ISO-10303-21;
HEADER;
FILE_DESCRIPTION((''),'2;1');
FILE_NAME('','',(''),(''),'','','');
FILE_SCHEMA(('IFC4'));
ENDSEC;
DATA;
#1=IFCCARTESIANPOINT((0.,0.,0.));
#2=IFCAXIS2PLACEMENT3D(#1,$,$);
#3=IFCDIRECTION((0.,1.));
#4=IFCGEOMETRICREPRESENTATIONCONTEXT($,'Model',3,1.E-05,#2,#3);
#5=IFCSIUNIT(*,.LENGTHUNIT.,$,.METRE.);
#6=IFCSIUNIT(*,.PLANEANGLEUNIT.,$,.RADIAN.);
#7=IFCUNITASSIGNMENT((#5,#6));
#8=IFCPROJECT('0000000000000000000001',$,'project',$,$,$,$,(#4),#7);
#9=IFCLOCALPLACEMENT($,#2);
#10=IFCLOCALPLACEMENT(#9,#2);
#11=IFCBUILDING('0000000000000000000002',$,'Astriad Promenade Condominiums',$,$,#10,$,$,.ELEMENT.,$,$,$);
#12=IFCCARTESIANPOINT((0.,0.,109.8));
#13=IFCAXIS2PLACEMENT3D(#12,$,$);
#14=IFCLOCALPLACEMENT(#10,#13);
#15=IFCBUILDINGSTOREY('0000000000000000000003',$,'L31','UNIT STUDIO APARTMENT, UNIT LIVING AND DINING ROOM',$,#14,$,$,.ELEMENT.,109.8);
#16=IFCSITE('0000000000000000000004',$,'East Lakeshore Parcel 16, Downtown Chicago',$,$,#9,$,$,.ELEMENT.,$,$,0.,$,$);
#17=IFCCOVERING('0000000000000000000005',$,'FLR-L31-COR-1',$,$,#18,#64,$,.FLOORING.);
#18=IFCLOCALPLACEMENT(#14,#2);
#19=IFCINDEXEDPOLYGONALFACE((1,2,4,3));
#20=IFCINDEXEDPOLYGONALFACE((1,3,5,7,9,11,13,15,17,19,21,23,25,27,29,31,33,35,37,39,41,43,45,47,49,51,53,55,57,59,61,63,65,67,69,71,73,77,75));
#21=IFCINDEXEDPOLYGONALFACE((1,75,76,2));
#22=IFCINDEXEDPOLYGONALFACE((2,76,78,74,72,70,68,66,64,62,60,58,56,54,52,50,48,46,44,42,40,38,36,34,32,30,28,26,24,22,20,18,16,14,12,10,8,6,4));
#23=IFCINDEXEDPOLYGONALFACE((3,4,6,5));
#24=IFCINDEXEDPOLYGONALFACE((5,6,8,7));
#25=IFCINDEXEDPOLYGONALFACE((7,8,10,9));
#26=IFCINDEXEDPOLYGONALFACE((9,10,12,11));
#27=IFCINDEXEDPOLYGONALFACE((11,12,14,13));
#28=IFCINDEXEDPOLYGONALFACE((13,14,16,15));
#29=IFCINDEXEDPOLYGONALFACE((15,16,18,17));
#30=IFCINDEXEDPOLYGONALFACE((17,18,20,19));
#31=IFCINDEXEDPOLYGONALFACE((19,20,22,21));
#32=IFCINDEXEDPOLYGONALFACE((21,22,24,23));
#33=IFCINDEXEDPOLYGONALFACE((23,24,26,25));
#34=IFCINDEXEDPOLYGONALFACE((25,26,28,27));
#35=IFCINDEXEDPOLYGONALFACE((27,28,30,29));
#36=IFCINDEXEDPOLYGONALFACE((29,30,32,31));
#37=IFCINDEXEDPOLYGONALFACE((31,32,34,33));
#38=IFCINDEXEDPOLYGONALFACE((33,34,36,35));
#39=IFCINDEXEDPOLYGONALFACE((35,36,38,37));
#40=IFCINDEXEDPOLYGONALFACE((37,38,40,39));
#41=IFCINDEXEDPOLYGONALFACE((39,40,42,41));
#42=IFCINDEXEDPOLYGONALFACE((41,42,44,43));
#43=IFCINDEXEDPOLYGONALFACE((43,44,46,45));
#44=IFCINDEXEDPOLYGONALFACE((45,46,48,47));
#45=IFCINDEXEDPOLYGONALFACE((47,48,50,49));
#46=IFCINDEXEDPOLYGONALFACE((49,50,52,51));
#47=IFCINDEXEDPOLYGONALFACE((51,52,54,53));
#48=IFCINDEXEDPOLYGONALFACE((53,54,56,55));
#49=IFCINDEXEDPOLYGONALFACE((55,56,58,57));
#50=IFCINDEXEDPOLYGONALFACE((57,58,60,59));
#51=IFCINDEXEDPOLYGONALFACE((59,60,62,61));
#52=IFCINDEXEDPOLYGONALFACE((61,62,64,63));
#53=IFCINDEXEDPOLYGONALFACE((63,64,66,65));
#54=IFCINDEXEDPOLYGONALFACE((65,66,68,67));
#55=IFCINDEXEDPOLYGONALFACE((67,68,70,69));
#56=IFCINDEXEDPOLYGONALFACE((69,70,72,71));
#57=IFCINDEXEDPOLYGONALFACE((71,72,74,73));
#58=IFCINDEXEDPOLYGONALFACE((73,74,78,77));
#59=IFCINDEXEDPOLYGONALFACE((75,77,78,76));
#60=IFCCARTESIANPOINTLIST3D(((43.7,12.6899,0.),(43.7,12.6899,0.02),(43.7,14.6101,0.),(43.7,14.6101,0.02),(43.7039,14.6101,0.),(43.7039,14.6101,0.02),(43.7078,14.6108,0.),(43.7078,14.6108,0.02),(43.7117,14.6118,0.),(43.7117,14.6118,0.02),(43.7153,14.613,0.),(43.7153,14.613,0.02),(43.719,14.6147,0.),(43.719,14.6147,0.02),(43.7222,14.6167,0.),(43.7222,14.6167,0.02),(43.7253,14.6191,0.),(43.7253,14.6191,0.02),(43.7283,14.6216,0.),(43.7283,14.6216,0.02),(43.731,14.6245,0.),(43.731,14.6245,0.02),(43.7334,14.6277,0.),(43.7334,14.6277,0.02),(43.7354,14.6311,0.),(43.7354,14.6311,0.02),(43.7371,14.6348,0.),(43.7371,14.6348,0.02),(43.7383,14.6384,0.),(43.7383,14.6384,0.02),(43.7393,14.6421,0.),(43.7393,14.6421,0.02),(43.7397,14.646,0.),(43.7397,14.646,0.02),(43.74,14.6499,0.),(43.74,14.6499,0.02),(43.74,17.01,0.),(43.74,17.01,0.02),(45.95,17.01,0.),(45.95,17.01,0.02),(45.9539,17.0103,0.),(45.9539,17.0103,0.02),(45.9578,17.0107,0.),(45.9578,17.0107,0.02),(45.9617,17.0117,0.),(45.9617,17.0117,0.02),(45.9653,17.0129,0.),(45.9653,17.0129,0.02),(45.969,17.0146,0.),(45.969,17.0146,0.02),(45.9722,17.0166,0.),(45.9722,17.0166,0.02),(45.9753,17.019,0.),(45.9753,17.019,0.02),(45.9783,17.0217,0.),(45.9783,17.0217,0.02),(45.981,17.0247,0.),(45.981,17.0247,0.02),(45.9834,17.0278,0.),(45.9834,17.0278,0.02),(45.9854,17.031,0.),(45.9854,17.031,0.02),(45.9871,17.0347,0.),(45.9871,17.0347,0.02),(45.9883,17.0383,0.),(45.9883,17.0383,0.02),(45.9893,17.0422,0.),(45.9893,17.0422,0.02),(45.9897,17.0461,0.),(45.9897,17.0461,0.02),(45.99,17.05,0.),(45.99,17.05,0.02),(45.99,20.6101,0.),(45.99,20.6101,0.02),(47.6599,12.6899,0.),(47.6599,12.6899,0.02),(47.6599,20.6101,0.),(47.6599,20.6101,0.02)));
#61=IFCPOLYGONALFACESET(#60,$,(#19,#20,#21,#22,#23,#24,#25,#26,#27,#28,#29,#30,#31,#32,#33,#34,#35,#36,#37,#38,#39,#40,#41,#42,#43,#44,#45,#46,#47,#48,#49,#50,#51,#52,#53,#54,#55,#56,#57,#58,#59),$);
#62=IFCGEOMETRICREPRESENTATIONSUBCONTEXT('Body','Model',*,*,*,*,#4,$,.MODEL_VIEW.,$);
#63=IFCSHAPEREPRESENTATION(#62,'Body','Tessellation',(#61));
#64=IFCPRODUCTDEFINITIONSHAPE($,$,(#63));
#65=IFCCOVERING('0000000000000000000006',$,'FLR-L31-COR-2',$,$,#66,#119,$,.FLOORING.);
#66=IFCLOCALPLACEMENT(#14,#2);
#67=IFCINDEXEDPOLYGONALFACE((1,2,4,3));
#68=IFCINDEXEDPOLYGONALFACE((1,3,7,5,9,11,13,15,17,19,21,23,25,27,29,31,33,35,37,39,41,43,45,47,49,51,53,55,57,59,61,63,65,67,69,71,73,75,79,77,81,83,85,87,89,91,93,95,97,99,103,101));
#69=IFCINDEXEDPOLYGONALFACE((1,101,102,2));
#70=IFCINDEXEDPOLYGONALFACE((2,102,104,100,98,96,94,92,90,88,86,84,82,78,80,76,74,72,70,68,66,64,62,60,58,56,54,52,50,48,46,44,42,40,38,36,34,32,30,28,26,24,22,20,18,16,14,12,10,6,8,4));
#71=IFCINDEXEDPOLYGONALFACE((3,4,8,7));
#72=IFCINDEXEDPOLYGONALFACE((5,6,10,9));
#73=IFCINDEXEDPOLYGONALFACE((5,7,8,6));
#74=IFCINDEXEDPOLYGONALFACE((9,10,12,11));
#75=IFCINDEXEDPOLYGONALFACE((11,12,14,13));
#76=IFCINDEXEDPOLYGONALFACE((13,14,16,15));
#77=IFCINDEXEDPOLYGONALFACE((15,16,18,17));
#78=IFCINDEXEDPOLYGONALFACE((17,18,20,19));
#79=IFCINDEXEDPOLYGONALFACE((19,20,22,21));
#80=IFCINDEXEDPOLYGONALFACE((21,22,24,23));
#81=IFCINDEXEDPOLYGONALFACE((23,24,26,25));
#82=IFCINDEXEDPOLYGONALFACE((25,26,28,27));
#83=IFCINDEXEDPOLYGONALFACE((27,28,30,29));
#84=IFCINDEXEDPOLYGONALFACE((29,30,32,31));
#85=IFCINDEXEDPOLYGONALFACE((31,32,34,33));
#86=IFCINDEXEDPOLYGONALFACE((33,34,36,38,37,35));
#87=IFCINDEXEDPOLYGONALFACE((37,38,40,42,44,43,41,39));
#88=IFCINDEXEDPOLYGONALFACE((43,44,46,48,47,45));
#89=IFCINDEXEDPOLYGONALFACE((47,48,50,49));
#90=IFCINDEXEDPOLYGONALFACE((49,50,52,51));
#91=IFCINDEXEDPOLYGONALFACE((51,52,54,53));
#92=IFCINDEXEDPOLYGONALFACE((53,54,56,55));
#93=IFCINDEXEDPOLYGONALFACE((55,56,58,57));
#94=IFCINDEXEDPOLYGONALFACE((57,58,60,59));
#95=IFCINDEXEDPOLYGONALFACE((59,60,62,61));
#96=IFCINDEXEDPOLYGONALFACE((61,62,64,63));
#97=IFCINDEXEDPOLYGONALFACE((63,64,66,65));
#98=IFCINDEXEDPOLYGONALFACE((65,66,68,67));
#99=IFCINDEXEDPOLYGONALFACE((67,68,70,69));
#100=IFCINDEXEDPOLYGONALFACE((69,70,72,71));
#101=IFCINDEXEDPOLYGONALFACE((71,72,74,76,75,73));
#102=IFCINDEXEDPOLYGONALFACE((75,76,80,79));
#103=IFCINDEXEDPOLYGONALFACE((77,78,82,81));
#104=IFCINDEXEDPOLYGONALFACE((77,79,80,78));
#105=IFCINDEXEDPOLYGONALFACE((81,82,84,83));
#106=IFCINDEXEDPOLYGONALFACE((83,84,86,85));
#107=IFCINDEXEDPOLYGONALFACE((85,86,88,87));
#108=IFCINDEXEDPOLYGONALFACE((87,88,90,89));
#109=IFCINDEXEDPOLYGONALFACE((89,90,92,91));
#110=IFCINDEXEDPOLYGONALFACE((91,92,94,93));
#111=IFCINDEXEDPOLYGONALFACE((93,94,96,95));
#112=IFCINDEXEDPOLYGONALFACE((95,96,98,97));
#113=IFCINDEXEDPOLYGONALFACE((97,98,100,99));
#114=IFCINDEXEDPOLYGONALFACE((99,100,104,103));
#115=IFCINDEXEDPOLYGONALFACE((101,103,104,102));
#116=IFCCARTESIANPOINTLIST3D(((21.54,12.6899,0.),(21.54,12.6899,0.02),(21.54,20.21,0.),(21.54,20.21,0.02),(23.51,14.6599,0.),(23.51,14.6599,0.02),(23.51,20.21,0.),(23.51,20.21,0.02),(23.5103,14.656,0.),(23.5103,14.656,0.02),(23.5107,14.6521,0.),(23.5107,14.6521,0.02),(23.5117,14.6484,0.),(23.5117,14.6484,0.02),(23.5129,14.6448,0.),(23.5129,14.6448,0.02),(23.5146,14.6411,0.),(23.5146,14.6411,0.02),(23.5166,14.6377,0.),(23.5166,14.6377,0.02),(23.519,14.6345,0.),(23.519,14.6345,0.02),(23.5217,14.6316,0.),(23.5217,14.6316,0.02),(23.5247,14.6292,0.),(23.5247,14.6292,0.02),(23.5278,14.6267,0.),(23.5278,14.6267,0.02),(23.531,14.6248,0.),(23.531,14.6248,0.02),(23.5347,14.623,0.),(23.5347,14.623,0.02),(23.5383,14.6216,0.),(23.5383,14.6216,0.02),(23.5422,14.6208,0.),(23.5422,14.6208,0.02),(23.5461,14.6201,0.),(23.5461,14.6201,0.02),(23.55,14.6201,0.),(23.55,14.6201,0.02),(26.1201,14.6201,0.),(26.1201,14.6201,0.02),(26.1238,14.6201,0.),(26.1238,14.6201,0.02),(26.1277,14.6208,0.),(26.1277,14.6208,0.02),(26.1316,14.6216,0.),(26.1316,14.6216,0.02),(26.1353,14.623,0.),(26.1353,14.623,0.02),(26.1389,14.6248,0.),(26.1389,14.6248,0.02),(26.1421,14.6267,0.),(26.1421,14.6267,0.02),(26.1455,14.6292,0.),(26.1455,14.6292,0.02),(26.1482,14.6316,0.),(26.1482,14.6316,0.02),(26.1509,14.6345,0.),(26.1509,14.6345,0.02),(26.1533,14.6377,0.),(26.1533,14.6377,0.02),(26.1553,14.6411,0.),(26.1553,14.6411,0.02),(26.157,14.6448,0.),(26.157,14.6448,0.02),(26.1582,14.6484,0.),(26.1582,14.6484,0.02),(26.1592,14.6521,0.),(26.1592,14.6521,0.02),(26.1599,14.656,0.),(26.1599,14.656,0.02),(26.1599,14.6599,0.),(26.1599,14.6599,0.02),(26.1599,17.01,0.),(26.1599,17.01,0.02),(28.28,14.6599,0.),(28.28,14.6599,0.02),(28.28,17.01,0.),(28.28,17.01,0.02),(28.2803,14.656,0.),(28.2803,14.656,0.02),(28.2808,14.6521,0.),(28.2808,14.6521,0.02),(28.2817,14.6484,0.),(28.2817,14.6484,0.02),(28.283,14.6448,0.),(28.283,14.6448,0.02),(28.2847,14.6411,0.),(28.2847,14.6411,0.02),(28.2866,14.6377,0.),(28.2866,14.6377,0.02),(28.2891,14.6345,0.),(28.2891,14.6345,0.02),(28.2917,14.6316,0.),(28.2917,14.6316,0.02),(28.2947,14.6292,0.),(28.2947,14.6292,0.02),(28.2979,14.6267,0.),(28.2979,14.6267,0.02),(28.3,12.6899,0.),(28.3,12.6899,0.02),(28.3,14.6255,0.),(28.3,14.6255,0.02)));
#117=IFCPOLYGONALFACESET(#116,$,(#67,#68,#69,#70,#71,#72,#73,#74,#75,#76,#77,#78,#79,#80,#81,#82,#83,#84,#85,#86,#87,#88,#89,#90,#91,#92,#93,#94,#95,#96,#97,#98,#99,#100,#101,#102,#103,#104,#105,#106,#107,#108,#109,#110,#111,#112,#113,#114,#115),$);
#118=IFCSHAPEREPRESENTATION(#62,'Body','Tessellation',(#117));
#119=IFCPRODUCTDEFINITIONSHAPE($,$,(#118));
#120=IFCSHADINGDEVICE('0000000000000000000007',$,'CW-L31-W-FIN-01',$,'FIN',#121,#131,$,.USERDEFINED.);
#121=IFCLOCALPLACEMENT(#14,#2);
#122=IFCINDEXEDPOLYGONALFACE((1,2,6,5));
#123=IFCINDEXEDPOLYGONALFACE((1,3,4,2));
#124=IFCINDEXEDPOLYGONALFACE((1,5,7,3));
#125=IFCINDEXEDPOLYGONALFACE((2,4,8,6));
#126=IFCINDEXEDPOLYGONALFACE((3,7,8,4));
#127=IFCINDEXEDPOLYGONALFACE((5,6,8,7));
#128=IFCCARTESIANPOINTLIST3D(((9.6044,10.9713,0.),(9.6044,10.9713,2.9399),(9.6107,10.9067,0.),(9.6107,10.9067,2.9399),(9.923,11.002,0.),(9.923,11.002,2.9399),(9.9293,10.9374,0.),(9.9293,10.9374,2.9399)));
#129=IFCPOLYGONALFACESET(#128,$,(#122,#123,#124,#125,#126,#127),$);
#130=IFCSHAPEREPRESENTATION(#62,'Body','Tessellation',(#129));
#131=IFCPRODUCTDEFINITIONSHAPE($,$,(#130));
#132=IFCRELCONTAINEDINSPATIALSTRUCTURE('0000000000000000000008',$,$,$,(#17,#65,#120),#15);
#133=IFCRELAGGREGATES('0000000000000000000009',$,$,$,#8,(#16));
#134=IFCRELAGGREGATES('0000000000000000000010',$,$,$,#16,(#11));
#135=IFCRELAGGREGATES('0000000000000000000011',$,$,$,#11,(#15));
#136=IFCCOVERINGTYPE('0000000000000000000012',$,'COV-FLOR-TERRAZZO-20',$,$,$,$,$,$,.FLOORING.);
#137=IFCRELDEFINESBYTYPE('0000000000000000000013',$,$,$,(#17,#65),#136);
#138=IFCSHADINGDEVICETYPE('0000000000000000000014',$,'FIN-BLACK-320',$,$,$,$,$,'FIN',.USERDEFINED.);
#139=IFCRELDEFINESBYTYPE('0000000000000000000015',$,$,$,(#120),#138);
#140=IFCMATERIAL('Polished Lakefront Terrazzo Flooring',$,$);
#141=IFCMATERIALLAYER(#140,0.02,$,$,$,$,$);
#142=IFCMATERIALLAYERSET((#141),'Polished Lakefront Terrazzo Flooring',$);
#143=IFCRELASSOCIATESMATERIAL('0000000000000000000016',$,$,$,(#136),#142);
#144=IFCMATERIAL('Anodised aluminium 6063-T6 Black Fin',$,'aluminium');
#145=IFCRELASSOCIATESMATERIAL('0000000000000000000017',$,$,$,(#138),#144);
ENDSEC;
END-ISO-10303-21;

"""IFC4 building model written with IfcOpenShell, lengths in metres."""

from ifc_helpers import new_model, si_unit, direction, frame, origin, origin_2d, place, context, subcontext, project, spatial, polyline, rectangle, outline, extrude, source, transform, mapped, material, layer, layer_set, type_object, type_shapes, element, save


model = new_model("IFC4")

# Units and contexts
model_context = context("Model", 3, precision=1e-05, world=origin(), true_north=direction((0.0, 1.0)))
body_context = subcontext(model_context, "Body", "Model", "MODEL_VIEW")
ifc_project = project(units=[si_unit("LENGTHUNIT", "METRE"), si_unit("PLANEANGLEUNIT", "RADIAN")], contexts=[model_context])

# Site, building, storey
site_placement = place(None, origin())
site = spatial("IfcSite", under=ifc_project, at=site_placement, Name="East Lakeshore Parcel 16, Downtown Chicago", CompositionType="ELEMENT", RefElevation=0.0)
building_placement = place(site_placement, origin())
building = spatial("IfcBuilding", under=site, at=building_placement, Name="Astriad Promenade Condominiums", CompositionType="ELEMENT")
storey_placement = place(building_placement, frame((0.0, 0.0, 109.8)))
storey = spatial("IfcBuildingStorey", under=building, at=storey_placement, Name="L31", Description="UNIT STUDIO APARTMENT, UNIT LIVING AND DINING ROOM", CompositionType="ELEMENT", Elevation=109.8)

# Coverings
ifc_material_1 = material(Name="Polished Lakefront Terrazzo Flooring")
ifc_layer_1 = layer(ifc_material_1, 0.02)
ifc_layer_set_1 = layer_set([ifc_layer_1], Name="Polished Lakefront Terrazzo Flooring")
covering_type = type_object("IfcCoveringType", Name="COV-FLOR-TERRAZZO-20", PredefinedType="FLOORING", material=ifc_layer_set_1)
covering_1_placement = place(storey_placement, origin())
element("IfcCovering", 1, at=covering_1_placement, inside=storey, type_object=covering_type, Name="FLR-L31-COR-1", PredefinedType="FLOORING", context=body_context, shape_type="SweptSolid", body=[
    extrude(outline(polyline([(43.7, 12.6899), (43.7, 14.6101), (43.7039, 14.6101), (43.7078, 14.6108), (43.7117, 14.6118), (43.7153, 14.613), (43.719, 14.6147), (43.7222, 14.6167), (43.7253, 14.6191), (43.7283, 14.6216), (43.731, 14.6245), (43.7334, 14.6277), (43.7354, 14.6311), (43.7371, 14.6348), (43.7383, 14.6384), (43.7393, 14.6421), (43.7397, 14.646), (43.74, 14.6499), (43.74, 17.01), (45.95, 17.01), (45.9539, 17.0103), (45.9578, 17.0107), (45.9617, 17.0117), (45.9653, 17.0129), (45.969, 17.0146), (45.9722, 17.0166), (45.9753, 17.019), (45.9783, 17.0217), (45.981, 17.0247), (45.9834, 17.0278), (45.9854, 17.031), (45.9871, 17.0347), (45.9883, 17.0383), (45.9893, 17.0422), (45.9897, 17.0461), (45.99, 17.05), (45.99, 20.6101), (47.6599, 20.6101), (47.6599, 12.6899), (43.7, 12.6899)])), origin(), (0.0, 0.0, 1.0), 0.02),
])
covering_2_placement = place(storey_placement, origin())
element("IfcCovering", 2, at=covering_2_placement, inside=storey, type_object=covering_type, Name="FLR-L31-COR-2", PredefinedType="FLOORING", context=body_context, shape_type="SweptSolid", body=[
    extrude(outline(polyline([(28.3, 12.6899), (21.54, 12.6899), (21.54, 20.21), (23.51, 20.21), (23.51, 14.6599), (23.5103, 14.656), (23.5107, 14.6521), (23.5117, 14.6484), (23.5129, 14.6448), (23.5146, 14.6411), (23.5166, 14.6377), (23.519, 14.6345), (23.5217, 14.6316), (23.5247, 14.6292), (23.5278, 14.6267), (23.531, 14.6248), (23.5347, 14.623), (23.5383, 14.6216), (23.5422, 14.6208), (23.5461, 14.6201), (23.55, 14.6201), (26.1201, 14.6201), (26.1238, 14.6201), (26.1277, 14.6208), (26.1316, 14.6216), (26.1353, 14.623), (26.1389, 14.6248), (26.1421, 14.6267), (26.1455, 14.6292), (26.1482, 14.6316), (26.1509, 14.6345), (26.1533, 14.6377), (26.1553, 14.6411), (26.157, 14.6448), (26.1582, 14.6484), (26.1592, 14.6521), (26.1599, 14.656), (26.1599, 14.6599), (26.1599, 17.01), (28.28, 17.01), (28.28, 14.6599), (28.2803, 14.656), (28.2808, 14.6521), (28.2817, 14.6484), (28.283, 14.6448), (28.2847, 14.6411), (28.2866, 14.6377), (28.2891, 14.6345), (28.2917, 14.6316), (28.2947, 14.6292), (28.2979, 14.6267), (28.3, 14.6255), (28.3, 12.6899)])), origin(), (0.0, 0.0, 1.0), 0.02),
])

# Shading device
ifc_material_2 = material(Name="Anodised aluminium 6063-T6 Black Fin", Category="aluminium")
shading_device_type = type_object("IfcShadingDeviceType", Name="FIN-BLACK-320", ElementType="FIN", PredefinedType="USERDEFINED", material=ifc_material_2)
shared_shape_1 = source(origin(), body_context, "Body", "SweptSolid", [
    extrude(rectangle(XDim=0.0649, YDim=0.3201, at=origin_2d()), origin(), (0.0, 0.0, 1.0), 2.9399),
])
type_shapes(shading_device_type, [shared_shape_1])
shading_device_placement = place(storey_placement, frame((9.7668, 10.9543, 0.0), z_axis=(0.0, 0.0, 1.0), x_axis=(-0.095846, 0.995396, 0.0)))
element("IfcShadingDevice", 3, at=shading_device_placement, inside=storey, type_object=shading_device_type, Name="CW-L31-W-FIN-01", ObjectType="FIN", PredefinedType="USERDEFINED", context=body_context, shape_type="MappedRepresentation", body=[
    mapped(shared_shape_1, transform((0.0, 0.0, 0.0), scale=1.0)),
])

save(model, "model.ifc")
